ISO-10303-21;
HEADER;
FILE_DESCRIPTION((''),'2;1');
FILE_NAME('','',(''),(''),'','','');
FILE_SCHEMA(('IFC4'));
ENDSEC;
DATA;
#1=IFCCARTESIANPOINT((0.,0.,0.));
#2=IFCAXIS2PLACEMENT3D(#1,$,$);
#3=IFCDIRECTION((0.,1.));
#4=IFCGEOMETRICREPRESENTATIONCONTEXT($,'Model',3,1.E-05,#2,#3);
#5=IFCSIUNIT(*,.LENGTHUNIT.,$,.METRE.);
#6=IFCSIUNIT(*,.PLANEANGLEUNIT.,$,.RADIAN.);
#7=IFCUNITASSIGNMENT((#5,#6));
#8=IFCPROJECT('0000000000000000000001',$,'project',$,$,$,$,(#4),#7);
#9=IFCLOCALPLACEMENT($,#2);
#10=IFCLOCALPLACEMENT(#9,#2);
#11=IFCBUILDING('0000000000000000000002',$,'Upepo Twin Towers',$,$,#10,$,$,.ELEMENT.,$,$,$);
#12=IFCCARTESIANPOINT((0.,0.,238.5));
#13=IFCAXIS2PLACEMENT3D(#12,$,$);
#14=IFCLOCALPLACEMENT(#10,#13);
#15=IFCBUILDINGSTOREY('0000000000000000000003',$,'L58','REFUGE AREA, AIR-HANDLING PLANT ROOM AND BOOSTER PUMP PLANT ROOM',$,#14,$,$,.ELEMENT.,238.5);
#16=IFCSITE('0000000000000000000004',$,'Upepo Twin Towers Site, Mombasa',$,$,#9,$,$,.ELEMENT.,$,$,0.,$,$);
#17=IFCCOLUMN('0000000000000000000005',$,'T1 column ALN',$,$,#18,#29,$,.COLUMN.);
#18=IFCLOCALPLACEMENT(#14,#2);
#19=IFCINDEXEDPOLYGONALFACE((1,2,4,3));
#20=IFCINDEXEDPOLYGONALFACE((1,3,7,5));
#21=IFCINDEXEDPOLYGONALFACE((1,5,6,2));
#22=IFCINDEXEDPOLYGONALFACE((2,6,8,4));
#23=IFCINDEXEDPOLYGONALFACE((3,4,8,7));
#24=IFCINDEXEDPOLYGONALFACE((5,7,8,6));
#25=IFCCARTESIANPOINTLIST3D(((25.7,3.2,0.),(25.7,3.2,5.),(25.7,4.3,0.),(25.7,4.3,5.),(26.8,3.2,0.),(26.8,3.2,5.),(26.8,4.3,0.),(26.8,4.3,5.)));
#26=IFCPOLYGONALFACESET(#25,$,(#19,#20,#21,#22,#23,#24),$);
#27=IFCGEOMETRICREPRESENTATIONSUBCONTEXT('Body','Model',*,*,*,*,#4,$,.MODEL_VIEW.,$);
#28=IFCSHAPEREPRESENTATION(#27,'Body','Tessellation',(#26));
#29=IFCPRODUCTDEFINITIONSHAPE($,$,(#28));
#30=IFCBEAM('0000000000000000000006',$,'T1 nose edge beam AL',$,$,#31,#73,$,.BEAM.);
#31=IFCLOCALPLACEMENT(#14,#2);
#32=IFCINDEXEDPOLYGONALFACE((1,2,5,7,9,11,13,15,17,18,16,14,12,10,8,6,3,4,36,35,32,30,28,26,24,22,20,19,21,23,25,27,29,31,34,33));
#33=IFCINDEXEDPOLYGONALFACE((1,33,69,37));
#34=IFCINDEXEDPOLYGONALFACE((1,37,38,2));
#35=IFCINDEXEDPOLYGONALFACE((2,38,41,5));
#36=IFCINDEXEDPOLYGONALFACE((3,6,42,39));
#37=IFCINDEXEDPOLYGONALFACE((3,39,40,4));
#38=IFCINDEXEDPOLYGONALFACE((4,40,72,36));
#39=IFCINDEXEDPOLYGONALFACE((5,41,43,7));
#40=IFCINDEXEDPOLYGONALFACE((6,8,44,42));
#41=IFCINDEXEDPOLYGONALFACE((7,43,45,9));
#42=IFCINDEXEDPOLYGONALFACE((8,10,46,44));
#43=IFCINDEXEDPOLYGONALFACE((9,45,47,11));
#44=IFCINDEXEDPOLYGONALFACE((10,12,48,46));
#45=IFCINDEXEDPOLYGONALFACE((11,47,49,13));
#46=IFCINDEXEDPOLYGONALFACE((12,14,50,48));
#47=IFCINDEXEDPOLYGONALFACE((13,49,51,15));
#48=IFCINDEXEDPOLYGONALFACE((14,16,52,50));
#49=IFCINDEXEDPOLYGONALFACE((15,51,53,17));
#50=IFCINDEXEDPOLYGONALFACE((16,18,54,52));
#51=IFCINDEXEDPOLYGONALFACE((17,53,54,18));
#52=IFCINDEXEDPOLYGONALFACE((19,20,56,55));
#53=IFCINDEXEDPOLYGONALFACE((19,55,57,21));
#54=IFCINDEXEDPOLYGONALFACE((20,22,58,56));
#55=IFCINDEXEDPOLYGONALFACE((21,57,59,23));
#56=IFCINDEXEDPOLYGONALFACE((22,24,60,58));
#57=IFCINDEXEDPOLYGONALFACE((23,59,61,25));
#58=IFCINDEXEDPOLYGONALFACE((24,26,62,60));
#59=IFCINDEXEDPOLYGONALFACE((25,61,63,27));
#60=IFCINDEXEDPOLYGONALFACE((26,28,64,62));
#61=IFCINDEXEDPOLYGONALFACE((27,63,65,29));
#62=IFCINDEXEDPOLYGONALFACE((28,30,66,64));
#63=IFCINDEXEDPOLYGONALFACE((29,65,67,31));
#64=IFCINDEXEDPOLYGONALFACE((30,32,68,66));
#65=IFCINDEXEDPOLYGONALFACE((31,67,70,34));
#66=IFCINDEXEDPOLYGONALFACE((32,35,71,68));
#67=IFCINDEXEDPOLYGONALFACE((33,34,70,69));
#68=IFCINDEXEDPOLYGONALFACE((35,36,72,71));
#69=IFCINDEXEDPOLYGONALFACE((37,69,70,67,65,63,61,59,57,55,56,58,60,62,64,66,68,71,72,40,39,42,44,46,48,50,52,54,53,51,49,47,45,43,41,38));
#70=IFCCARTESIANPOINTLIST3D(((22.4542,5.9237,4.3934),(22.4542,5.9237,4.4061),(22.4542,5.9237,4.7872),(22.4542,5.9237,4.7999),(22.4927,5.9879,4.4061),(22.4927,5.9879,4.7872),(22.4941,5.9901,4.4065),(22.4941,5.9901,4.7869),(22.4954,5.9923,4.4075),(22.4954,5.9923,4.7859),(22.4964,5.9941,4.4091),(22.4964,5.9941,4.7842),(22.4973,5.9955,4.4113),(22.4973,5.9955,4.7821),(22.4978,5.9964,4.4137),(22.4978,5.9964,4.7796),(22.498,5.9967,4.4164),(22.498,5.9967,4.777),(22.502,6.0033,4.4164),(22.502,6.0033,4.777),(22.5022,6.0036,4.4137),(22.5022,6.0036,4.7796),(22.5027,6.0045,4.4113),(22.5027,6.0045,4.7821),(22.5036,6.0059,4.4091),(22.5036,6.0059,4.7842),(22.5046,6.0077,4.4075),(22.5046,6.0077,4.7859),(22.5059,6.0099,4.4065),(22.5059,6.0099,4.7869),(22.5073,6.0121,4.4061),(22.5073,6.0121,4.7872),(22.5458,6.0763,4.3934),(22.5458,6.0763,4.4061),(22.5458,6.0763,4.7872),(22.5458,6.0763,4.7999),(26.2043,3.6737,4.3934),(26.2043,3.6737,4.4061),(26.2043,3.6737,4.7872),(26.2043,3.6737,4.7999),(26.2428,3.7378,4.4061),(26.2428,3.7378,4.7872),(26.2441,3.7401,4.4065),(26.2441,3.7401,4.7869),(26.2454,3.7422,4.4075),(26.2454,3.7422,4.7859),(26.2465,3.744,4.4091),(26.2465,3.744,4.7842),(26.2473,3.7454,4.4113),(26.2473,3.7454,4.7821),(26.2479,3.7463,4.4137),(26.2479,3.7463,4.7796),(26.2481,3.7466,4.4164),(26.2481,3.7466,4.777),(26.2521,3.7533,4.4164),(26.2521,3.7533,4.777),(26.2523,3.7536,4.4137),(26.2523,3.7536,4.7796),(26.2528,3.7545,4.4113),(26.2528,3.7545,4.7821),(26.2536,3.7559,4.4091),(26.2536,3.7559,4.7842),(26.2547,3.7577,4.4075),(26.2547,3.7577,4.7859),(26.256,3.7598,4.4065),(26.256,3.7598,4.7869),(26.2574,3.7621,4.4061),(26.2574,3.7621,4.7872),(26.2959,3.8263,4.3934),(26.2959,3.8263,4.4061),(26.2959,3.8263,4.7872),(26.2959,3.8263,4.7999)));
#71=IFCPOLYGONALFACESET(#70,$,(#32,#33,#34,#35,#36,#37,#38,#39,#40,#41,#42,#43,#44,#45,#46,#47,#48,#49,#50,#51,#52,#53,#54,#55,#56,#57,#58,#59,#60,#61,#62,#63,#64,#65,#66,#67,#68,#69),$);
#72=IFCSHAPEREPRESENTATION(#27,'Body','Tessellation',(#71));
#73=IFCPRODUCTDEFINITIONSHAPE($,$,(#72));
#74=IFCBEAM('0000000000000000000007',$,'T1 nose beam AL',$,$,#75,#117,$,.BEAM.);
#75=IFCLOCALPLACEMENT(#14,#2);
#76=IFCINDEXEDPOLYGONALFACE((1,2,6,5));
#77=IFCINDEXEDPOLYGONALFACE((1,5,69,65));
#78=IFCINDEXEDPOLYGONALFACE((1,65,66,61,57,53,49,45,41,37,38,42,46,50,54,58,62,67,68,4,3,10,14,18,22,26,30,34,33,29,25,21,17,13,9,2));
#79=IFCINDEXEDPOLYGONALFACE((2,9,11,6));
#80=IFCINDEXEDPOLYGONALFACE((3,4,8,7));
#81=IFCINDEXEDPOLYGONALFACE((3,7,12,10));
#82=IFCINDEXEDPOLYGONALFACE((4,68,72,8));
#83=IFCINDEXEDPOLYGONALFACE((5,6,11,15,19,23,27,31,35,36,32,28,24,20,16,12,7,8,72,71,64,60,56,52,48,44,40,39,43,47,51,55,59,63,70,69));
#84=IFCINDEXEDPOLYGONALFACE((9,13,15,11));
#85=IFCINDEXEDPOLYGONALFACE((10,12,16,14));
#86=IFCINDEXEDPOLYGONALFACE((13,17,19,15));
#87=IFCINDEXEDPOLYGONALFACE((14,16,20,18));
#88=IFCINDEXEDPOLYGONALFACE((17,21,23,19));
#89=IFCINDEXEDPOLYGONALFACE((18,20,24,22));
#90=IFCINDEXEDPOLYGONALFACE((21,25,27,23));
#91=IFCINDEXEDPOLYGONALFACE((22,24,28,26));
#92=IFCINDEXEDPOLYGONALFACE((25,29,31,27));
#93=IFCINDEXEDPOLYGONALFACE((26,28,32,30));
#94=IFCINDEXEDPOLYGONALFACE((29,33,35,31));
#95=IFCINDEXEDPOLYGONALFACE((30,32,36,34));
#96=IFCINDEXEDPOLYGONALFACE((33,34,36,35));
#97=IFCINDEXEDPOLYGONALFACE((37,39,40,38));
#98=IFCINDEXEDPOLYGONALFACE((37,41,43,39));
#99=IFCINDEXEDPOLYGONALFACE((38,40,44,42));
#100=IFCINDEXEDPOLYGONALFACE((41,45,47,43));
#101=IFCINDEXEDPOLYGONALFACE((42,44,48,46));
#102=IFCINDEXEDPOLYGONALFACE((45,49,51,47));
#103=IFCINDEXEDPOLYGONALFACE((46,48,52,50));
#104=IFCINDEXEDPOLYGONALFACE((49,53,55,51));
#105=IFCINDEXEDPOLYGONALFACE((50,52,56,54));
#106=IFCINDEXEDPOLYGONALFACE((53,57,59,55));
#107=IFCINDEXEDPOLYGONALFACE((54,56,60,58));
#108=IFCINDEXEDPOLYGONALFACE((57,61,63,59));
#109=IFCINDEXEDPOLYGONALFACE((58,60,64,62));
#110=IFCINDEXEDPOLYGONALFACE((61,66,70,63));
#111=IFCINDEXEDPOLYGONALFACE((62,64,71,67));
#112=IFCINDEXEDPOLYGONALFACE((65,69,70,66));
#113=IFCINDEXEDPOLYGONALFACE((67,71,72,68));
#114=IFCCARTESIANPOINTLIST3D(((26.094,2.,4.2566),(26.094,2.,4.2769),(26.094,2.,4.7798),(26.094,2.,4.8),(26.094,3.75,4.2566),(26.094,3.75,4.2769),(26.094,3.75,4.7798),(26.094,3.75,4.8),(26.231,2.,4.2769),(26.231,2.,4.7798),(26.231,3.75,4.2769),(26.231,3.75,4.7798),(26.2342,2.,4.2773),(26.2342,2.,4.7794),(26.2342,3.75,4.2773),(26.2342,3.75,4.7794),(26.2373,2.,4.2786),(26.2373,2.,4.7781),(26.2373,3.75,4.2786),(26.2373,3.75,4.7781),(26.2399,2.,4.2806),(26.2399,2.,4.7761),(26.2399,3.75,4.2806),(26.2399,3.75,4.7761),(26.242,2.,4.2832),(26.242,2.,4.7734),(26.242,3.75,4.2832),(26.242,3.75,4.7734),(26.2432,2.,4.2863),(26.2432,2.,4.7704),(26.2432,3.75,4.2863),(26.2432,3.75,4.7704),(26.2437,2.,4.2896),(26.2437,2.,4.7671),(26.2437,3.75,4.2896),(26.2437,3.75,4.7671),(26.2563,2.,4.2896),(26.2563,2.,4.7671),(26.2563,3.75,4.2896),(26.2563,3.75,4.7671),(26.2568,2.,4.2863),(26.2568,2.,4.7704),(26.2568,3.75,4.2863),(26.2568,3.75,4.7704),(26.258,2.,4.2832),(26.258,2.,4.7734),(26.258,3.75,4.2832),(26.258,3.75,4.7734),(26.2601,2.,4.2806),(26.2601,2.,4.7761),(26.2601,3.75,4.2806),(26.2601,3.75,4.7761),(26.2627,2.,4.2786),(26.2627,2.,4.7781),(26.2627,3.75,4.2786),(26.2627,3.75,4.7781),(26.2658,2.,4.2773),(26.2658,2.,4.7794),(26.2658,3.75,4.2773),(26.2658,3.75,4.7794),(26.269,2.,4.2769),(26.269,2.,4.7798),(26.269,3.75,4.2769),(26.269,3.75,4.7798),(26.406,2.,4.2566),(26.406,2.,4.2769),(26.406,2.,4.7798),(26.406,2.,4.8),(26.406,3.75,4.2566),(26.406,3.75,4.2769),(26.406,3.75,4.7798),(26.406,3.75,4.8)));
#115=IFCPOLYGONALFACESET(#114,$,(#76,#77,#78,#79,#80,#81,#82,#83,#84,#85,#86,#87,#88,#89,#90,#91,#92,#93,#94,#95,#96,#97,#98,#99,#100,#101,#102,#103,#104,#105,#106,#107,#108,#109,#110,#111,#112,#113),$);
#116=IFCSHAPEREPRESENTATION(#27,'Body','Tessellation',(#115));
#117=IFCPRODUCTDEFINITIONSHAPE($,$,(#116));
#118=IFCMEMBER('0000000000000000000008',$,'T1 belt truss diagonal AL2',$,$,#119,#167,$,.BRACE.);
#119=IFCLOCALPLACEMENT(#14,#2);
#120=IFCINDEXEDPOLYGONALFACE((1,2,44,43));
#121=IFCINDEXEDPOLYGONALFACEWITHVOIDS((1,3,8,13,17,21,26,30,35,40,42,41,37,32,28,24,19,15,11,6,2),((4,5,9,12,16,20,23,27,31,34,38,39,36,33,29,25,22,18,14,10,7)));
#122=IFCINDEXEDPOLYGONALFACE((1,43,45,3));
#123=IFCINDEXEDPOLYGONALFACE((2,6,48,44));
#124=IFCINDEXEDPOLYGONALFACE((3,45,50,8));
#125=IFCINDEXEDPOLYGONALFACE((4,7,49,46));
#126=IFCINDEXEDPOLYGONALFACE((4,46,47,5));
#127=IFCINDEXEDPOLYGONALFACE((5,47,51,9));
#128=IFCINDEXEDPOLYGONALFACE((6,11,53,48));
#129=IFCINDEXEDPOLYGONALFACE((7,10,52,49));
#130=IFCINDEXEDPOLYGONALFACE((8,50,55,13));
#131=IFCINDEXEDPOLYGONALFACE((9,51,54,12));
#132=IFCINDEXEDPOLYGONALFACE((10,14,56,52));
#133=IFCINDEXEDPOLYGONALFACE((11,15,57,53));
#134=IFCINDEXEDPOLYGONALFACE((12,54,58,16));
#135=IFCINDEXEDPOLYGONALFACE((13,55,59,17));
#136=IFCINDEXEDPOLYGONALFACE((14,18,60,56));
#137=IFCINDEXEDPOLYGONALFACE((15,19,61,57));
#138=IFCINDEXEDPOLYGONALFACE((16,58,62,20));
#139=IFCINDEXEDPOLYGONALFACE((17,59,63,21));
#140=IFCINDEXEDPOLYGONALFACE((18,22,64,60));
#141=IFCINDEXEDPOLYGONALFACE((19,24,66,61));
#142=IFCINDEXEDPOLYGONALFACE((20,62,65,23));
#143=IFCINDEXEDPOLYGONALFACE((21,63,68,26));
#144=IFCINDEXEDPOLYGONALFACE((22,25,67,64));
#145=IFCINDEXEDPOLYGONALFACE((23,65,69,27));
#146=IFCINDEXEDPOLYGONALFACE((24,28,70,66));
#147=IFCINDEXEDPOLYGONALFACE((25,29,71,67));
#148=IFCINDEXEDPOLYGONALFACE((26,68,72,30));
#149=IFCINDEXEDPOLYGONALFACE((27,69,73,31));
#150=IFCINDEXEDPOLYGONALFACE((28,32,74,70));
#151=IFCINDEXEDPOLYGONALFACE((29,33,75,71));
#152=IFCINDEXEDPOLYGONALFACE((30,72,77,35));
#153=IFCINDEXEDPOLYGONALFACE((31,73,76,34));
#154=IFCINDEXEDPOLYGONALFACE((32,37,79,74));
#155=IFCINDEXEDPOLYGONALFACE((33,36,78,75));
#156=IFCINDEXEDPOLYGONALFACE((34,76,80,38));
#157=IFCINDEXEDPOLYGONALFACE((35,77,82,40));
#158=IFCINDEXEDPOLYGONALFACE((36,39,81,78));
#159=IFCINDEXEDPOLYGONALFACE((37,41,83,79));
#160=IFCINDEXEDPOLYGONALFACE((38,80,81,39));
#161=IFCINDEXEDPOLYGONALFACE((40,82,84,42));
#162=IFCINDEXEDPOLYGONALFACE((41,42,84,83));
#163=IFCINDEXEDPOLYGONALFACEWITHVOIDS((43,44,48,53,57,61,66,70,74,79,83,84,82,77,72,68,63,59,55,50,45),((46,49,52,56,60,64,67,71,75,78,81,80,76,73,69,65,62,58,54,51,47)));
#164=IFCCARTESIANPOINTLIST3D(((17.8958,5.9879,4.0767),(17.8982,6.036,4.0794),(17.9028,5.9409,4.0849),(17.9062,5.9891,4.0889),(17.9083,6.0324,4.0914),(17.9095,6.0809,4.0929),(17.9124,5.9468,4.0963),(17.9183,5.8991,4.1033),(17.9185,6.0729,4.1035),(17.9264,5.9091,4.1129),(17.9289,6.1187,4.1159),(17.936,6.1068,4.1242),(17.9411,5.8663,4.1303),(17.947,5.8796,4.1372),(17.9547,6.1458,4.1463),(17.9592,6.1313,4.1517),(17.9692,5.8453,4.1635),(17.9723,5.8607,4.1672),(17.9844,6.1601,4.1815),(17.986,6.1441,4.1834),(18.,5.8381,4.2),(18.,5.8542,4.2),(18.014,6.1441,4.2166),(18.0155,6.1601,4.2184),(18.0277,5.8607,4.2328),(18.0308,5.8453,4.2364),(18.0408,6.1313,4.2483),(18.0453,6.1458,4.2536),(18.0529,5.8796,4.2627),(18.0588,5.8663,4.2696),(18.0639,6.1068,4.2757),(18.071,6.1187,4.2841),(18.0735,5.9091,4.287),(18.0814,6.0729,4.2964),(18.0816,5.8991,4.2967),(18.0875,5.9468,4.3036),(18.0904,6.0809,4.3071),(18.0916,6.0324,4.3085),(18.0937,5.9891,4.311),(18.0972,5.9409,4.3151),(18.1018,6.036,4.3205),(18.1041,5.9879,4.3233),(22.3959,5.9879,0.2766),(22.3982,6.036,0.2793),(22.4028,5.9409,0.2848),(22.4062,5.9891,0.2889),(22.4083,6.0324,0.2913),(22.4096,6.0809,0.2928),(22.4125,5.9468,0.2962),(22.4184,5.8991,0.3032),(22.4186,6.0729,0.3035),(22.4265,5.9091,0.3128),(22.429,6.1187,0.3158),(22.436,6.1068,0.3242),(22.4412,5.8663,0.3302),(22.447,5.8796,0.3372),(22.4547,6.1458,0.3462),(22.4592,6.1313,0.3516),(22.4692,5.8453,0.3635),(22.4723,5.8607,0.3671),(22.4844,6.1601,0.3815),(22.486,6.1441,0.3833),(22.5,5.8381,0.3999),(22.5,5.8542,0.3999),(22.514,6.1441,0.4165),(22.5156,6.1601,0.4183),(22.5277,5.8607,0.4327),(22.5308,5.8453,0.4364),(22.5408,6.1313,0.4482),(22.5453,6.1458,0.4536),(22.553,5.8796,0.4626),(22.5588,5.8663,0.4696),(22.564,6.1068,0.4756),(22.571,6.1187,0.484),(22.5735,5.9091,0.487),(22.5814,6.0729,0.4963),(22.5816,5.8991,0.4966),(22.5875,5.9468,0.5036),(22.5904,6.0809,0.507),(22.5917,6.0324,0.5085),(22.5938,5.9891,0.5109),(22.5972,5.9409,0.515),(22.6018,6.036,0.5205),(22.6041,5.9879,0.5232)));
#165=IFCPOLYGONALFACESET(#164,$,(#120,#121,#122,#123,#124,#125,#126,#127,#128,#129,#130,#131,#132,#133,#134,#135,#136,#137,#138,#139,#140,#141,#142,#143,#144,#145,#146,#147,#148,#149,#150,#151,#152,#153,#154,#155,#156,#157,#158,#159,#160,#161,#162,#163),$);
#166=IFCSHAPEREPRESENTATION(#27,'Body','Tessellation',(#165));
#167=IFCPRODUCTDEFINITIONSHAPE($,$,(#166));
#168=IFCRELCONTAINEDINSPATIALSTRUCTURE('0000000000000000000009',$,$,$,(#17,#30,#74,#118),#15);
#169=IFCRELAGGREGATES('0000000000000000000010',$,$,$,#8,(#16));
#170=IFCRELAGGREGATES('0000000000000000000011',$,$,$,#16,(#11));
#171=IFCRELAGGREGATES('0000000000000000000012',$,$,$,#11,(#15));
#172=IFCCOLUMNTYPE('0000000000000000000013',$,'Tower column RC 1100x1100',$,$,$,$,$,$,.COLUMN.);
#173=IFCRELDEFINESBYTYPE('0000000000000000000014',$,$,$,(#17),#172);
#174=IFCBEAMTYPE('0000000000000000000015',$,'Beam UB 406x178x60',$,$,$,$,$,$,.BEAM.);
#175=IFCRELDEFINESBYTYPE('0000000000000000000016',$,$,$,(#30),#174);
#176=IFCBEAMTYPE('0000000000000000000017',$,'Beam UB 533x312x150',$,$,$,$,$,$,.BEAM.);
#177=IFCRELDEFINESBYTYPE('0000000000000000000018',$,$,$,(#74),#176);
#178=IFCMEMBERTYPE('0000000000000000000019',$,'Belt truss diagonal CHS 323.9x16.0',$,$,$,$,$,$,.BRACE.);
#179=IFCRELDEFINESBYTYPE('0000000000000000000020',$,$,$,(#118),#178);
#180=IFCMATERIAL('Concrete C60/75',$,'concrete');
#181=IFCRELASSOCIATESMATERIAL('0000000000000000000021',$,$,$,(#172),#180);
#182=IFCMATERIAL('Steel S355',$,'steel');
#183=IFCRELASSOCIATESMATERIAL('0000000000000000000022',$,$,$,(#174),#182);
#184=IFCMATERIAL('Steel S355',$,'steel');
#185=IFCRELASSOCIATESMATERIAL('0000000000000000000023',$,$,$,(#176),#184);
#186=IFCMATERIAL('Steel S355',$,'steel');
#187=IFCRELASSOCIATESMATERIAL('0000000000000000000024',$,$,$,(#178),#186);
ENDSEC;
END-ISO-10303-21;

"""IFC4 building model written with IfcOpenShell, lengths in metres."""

from ifc_helpers import new_model, si_unit, direction, frame, origin, origin_2d, place, context, subcontext, project, spatial, rectangle, hollow_circle, i_section, extrude, material, material_profile, profile_set, type_object, element, save


model = new_model("IFC4")

# Units and contexts
model_context = context("Model", 3, precision=1e-05, world=origin(), true_north=direction((0.0, 1.0)))
body_context = subcontext(model_context, "Body", "Model", "MODEL_VIEW")
ifc_project = project(units=[si_unit("LENGTHUNIT", "METRE"), si_unit("PLANEANGLEUNIT", "RADIAN")], contexts=[model_context])

# Site, building, storey
site_placement = place(None, origin())
site = spatial("IfcSite", under=ifc_project, at=site_placement, Name="Upepo Twin Towers Site, Mombasa", CompositionType="ELEMENT", RefElevation=0.0)
building_placement = place(site_placement, origin())
building = spatial("IfcBuilding", under=site, at=building_placement, Name="Upepo Twin Towers", CompositionType="ELEMENT")
storey_placement = place(building_placement, frame((0.0, 0.0, 238.5)))
storey = spatial("IfcBuildingStorey", under=building, at=storey_placement, Name="L58", Description="REFUGE AREA, AIR-HANDLING PLANT ROOM AND BOOSTER PUMP PLANT ROOM", CompositionType="ELEMENT", Elevation=238.5)

# Column
ifc_material_1 = material(Name="Concrete C60/75", Category="concrete")
ifc_material_profile_1 = material_profile(ifc_material_1, rectangle(XDim=1.1001, YDim=1.1001, at=origin_2d()), Name="RC 1100x1100")
ifc_profile_set_1 = profile_set([ifc_material_profile_1], Name="Concrete C60/75")
column_type = type_object("IfcColumnType", Name="Tower column RC 1100x1100", PredefinedType="COLUMN", material=ifc_profile_set_1)
column_placement = place(storey_placement, frame((26.25, 3.75, 0.0), z_axis=(0.0, 0.0, 1.0), x_axis=(1.0, 0.0, 0.0)))
element("IfcColumn", 1, at=column_placement, inside=storey, type_object=column_type, Name="T1 column ALN", PredefinedType="COLUMN", context=body_context, shape_type="SweptSolid", body=[
    extrude(rectangle(XDim=1.1001, YDim=1.1001, at=origin_2d()), origin(), (0.0, 0.0, 1.0), 5.0),
])

# Beams
ifc_material_2 = material(Name="Steel S355", Category="steel")
ifc_material_profile_2 = material_profile(ifc_material_2, i_section(OverallWidth=0.178, OverallDepth=0.4065, WebThickness=0.0078, FlangeThickness=0.0127, FilletRadius=0.0103, at=origin_2d()), Name="UB 406x178x60")
ifc_profile_set_2 = profile_set([ifc_material_profile_2], Name="Steel S355")
beam_type_1 = type_object("IfcBeamType", Name="Beam UB 406x178x60", PredefinedType="BEAM", material=ifc_profile_set_2)
beam_1_placement = place(storey_placement, frame((22.5, 6.0, 4.5967), z_axis=(0.857493, -0.514496, 0.0), x_axis=(0.514496, 0.857493, 0.0)))
element("IfcBeam", 2, at=beam_1_placement, inside=storey, type_object=beam_type_1, Name="T1 nose edge beam AL", PredefinedType="BEAM", context=body_context, shape_type="SweptSolid", body=[
    extrude(i_section(OverallWidth=0.178, OverallDepth=0.4065, WebThickness=0.0078, FlangeThickness=0.0127, FilletRadius=0.0103, at=origin_2d()), origin(), (0.0, 0.0, 1.0), 4.3733),
])
ifc_material_3 = material(Name="Steel S355", Category="steel")
ifc_material_profile_3 = material_profile(ifc_material_3, i_section(OverallWidth=0.312, OverallDepth=0.5435, WebThickness=0.0127, FlangeThickness=0.0203, FilletRadius=0.0127, at=origin_2d()), Name="UB 533x312x150")
ifc_profile_set_3 = profile_set([ifc_material_profile_3], Name="Steel S355")
beam_type_2 = type_object("IfcBeamType", Name="Beam UB 533x312x150", PredefinedType="BEAM", material=ifc_profile_set_3)
beam_2_placement = place(storey_placement, frame((26.25, 3.75, 4.5283), z_axis=(0.0, -1.0, 0.0), x_axis=(1.0, 0.0, 0.0)))
element("IfcBeam", 3, at=beam_2_placement, inside=storey, type_object=beam_type_2, Name="T1 nose beam AL", PredefinedType="BEAM", context=body_context, shape_type="SweptSolid", body=[
    extrude(i_section(OverallWidth=0.312, OverallDepth=0.5435, WebThickness=0.0127, FlangeThickness=0.0203, FilletRadius=0.0127, at=origin_2d()), origin(), (0.0, 0.0, 1.0), 1.75),
])

# Member
ifc_material_4 = material(Name="Steel S355", Category="steel")
ifc_material_profile_4 = material_profile(ifc_material_4, hollow_circle(Radius=0.1619, WallThickness=0.0161, at=origin_2d()), Name="CHS 323.9x16.0")
ifc_profile_set_4 = profile_set([ifc_material_profile_4], Name="Steel S355")
member_type_1 = type_object("IfcMemberType", Name="Belt truss diagonal CHS 323.9x16.0", PredefinedType="BRACE", material=ifc_profile_set_4)
member_1_placement = place(storey_placement, frame((22.5, 6.0, 0.3999), z_axis=(-0.764026, 0.0, 0.645186), x_axis=(0.0, -1.0, 0.0)))
element("IfcMember", 4, at=member_1_placement, inside=storey, type_object=member_type_1, Name="T1 belt truss diagonal AL2", PredefinedType="BRACE", context=body_context, shape_type="SweptSolid", body=[
    extrude(hollow_circle(Radius=0.1619, WallThickness=0.0161, at=origin_2d()), origin(), (0.0, 0.0, 1.0), 5.8899),
])

save(model, "model.ifc")
